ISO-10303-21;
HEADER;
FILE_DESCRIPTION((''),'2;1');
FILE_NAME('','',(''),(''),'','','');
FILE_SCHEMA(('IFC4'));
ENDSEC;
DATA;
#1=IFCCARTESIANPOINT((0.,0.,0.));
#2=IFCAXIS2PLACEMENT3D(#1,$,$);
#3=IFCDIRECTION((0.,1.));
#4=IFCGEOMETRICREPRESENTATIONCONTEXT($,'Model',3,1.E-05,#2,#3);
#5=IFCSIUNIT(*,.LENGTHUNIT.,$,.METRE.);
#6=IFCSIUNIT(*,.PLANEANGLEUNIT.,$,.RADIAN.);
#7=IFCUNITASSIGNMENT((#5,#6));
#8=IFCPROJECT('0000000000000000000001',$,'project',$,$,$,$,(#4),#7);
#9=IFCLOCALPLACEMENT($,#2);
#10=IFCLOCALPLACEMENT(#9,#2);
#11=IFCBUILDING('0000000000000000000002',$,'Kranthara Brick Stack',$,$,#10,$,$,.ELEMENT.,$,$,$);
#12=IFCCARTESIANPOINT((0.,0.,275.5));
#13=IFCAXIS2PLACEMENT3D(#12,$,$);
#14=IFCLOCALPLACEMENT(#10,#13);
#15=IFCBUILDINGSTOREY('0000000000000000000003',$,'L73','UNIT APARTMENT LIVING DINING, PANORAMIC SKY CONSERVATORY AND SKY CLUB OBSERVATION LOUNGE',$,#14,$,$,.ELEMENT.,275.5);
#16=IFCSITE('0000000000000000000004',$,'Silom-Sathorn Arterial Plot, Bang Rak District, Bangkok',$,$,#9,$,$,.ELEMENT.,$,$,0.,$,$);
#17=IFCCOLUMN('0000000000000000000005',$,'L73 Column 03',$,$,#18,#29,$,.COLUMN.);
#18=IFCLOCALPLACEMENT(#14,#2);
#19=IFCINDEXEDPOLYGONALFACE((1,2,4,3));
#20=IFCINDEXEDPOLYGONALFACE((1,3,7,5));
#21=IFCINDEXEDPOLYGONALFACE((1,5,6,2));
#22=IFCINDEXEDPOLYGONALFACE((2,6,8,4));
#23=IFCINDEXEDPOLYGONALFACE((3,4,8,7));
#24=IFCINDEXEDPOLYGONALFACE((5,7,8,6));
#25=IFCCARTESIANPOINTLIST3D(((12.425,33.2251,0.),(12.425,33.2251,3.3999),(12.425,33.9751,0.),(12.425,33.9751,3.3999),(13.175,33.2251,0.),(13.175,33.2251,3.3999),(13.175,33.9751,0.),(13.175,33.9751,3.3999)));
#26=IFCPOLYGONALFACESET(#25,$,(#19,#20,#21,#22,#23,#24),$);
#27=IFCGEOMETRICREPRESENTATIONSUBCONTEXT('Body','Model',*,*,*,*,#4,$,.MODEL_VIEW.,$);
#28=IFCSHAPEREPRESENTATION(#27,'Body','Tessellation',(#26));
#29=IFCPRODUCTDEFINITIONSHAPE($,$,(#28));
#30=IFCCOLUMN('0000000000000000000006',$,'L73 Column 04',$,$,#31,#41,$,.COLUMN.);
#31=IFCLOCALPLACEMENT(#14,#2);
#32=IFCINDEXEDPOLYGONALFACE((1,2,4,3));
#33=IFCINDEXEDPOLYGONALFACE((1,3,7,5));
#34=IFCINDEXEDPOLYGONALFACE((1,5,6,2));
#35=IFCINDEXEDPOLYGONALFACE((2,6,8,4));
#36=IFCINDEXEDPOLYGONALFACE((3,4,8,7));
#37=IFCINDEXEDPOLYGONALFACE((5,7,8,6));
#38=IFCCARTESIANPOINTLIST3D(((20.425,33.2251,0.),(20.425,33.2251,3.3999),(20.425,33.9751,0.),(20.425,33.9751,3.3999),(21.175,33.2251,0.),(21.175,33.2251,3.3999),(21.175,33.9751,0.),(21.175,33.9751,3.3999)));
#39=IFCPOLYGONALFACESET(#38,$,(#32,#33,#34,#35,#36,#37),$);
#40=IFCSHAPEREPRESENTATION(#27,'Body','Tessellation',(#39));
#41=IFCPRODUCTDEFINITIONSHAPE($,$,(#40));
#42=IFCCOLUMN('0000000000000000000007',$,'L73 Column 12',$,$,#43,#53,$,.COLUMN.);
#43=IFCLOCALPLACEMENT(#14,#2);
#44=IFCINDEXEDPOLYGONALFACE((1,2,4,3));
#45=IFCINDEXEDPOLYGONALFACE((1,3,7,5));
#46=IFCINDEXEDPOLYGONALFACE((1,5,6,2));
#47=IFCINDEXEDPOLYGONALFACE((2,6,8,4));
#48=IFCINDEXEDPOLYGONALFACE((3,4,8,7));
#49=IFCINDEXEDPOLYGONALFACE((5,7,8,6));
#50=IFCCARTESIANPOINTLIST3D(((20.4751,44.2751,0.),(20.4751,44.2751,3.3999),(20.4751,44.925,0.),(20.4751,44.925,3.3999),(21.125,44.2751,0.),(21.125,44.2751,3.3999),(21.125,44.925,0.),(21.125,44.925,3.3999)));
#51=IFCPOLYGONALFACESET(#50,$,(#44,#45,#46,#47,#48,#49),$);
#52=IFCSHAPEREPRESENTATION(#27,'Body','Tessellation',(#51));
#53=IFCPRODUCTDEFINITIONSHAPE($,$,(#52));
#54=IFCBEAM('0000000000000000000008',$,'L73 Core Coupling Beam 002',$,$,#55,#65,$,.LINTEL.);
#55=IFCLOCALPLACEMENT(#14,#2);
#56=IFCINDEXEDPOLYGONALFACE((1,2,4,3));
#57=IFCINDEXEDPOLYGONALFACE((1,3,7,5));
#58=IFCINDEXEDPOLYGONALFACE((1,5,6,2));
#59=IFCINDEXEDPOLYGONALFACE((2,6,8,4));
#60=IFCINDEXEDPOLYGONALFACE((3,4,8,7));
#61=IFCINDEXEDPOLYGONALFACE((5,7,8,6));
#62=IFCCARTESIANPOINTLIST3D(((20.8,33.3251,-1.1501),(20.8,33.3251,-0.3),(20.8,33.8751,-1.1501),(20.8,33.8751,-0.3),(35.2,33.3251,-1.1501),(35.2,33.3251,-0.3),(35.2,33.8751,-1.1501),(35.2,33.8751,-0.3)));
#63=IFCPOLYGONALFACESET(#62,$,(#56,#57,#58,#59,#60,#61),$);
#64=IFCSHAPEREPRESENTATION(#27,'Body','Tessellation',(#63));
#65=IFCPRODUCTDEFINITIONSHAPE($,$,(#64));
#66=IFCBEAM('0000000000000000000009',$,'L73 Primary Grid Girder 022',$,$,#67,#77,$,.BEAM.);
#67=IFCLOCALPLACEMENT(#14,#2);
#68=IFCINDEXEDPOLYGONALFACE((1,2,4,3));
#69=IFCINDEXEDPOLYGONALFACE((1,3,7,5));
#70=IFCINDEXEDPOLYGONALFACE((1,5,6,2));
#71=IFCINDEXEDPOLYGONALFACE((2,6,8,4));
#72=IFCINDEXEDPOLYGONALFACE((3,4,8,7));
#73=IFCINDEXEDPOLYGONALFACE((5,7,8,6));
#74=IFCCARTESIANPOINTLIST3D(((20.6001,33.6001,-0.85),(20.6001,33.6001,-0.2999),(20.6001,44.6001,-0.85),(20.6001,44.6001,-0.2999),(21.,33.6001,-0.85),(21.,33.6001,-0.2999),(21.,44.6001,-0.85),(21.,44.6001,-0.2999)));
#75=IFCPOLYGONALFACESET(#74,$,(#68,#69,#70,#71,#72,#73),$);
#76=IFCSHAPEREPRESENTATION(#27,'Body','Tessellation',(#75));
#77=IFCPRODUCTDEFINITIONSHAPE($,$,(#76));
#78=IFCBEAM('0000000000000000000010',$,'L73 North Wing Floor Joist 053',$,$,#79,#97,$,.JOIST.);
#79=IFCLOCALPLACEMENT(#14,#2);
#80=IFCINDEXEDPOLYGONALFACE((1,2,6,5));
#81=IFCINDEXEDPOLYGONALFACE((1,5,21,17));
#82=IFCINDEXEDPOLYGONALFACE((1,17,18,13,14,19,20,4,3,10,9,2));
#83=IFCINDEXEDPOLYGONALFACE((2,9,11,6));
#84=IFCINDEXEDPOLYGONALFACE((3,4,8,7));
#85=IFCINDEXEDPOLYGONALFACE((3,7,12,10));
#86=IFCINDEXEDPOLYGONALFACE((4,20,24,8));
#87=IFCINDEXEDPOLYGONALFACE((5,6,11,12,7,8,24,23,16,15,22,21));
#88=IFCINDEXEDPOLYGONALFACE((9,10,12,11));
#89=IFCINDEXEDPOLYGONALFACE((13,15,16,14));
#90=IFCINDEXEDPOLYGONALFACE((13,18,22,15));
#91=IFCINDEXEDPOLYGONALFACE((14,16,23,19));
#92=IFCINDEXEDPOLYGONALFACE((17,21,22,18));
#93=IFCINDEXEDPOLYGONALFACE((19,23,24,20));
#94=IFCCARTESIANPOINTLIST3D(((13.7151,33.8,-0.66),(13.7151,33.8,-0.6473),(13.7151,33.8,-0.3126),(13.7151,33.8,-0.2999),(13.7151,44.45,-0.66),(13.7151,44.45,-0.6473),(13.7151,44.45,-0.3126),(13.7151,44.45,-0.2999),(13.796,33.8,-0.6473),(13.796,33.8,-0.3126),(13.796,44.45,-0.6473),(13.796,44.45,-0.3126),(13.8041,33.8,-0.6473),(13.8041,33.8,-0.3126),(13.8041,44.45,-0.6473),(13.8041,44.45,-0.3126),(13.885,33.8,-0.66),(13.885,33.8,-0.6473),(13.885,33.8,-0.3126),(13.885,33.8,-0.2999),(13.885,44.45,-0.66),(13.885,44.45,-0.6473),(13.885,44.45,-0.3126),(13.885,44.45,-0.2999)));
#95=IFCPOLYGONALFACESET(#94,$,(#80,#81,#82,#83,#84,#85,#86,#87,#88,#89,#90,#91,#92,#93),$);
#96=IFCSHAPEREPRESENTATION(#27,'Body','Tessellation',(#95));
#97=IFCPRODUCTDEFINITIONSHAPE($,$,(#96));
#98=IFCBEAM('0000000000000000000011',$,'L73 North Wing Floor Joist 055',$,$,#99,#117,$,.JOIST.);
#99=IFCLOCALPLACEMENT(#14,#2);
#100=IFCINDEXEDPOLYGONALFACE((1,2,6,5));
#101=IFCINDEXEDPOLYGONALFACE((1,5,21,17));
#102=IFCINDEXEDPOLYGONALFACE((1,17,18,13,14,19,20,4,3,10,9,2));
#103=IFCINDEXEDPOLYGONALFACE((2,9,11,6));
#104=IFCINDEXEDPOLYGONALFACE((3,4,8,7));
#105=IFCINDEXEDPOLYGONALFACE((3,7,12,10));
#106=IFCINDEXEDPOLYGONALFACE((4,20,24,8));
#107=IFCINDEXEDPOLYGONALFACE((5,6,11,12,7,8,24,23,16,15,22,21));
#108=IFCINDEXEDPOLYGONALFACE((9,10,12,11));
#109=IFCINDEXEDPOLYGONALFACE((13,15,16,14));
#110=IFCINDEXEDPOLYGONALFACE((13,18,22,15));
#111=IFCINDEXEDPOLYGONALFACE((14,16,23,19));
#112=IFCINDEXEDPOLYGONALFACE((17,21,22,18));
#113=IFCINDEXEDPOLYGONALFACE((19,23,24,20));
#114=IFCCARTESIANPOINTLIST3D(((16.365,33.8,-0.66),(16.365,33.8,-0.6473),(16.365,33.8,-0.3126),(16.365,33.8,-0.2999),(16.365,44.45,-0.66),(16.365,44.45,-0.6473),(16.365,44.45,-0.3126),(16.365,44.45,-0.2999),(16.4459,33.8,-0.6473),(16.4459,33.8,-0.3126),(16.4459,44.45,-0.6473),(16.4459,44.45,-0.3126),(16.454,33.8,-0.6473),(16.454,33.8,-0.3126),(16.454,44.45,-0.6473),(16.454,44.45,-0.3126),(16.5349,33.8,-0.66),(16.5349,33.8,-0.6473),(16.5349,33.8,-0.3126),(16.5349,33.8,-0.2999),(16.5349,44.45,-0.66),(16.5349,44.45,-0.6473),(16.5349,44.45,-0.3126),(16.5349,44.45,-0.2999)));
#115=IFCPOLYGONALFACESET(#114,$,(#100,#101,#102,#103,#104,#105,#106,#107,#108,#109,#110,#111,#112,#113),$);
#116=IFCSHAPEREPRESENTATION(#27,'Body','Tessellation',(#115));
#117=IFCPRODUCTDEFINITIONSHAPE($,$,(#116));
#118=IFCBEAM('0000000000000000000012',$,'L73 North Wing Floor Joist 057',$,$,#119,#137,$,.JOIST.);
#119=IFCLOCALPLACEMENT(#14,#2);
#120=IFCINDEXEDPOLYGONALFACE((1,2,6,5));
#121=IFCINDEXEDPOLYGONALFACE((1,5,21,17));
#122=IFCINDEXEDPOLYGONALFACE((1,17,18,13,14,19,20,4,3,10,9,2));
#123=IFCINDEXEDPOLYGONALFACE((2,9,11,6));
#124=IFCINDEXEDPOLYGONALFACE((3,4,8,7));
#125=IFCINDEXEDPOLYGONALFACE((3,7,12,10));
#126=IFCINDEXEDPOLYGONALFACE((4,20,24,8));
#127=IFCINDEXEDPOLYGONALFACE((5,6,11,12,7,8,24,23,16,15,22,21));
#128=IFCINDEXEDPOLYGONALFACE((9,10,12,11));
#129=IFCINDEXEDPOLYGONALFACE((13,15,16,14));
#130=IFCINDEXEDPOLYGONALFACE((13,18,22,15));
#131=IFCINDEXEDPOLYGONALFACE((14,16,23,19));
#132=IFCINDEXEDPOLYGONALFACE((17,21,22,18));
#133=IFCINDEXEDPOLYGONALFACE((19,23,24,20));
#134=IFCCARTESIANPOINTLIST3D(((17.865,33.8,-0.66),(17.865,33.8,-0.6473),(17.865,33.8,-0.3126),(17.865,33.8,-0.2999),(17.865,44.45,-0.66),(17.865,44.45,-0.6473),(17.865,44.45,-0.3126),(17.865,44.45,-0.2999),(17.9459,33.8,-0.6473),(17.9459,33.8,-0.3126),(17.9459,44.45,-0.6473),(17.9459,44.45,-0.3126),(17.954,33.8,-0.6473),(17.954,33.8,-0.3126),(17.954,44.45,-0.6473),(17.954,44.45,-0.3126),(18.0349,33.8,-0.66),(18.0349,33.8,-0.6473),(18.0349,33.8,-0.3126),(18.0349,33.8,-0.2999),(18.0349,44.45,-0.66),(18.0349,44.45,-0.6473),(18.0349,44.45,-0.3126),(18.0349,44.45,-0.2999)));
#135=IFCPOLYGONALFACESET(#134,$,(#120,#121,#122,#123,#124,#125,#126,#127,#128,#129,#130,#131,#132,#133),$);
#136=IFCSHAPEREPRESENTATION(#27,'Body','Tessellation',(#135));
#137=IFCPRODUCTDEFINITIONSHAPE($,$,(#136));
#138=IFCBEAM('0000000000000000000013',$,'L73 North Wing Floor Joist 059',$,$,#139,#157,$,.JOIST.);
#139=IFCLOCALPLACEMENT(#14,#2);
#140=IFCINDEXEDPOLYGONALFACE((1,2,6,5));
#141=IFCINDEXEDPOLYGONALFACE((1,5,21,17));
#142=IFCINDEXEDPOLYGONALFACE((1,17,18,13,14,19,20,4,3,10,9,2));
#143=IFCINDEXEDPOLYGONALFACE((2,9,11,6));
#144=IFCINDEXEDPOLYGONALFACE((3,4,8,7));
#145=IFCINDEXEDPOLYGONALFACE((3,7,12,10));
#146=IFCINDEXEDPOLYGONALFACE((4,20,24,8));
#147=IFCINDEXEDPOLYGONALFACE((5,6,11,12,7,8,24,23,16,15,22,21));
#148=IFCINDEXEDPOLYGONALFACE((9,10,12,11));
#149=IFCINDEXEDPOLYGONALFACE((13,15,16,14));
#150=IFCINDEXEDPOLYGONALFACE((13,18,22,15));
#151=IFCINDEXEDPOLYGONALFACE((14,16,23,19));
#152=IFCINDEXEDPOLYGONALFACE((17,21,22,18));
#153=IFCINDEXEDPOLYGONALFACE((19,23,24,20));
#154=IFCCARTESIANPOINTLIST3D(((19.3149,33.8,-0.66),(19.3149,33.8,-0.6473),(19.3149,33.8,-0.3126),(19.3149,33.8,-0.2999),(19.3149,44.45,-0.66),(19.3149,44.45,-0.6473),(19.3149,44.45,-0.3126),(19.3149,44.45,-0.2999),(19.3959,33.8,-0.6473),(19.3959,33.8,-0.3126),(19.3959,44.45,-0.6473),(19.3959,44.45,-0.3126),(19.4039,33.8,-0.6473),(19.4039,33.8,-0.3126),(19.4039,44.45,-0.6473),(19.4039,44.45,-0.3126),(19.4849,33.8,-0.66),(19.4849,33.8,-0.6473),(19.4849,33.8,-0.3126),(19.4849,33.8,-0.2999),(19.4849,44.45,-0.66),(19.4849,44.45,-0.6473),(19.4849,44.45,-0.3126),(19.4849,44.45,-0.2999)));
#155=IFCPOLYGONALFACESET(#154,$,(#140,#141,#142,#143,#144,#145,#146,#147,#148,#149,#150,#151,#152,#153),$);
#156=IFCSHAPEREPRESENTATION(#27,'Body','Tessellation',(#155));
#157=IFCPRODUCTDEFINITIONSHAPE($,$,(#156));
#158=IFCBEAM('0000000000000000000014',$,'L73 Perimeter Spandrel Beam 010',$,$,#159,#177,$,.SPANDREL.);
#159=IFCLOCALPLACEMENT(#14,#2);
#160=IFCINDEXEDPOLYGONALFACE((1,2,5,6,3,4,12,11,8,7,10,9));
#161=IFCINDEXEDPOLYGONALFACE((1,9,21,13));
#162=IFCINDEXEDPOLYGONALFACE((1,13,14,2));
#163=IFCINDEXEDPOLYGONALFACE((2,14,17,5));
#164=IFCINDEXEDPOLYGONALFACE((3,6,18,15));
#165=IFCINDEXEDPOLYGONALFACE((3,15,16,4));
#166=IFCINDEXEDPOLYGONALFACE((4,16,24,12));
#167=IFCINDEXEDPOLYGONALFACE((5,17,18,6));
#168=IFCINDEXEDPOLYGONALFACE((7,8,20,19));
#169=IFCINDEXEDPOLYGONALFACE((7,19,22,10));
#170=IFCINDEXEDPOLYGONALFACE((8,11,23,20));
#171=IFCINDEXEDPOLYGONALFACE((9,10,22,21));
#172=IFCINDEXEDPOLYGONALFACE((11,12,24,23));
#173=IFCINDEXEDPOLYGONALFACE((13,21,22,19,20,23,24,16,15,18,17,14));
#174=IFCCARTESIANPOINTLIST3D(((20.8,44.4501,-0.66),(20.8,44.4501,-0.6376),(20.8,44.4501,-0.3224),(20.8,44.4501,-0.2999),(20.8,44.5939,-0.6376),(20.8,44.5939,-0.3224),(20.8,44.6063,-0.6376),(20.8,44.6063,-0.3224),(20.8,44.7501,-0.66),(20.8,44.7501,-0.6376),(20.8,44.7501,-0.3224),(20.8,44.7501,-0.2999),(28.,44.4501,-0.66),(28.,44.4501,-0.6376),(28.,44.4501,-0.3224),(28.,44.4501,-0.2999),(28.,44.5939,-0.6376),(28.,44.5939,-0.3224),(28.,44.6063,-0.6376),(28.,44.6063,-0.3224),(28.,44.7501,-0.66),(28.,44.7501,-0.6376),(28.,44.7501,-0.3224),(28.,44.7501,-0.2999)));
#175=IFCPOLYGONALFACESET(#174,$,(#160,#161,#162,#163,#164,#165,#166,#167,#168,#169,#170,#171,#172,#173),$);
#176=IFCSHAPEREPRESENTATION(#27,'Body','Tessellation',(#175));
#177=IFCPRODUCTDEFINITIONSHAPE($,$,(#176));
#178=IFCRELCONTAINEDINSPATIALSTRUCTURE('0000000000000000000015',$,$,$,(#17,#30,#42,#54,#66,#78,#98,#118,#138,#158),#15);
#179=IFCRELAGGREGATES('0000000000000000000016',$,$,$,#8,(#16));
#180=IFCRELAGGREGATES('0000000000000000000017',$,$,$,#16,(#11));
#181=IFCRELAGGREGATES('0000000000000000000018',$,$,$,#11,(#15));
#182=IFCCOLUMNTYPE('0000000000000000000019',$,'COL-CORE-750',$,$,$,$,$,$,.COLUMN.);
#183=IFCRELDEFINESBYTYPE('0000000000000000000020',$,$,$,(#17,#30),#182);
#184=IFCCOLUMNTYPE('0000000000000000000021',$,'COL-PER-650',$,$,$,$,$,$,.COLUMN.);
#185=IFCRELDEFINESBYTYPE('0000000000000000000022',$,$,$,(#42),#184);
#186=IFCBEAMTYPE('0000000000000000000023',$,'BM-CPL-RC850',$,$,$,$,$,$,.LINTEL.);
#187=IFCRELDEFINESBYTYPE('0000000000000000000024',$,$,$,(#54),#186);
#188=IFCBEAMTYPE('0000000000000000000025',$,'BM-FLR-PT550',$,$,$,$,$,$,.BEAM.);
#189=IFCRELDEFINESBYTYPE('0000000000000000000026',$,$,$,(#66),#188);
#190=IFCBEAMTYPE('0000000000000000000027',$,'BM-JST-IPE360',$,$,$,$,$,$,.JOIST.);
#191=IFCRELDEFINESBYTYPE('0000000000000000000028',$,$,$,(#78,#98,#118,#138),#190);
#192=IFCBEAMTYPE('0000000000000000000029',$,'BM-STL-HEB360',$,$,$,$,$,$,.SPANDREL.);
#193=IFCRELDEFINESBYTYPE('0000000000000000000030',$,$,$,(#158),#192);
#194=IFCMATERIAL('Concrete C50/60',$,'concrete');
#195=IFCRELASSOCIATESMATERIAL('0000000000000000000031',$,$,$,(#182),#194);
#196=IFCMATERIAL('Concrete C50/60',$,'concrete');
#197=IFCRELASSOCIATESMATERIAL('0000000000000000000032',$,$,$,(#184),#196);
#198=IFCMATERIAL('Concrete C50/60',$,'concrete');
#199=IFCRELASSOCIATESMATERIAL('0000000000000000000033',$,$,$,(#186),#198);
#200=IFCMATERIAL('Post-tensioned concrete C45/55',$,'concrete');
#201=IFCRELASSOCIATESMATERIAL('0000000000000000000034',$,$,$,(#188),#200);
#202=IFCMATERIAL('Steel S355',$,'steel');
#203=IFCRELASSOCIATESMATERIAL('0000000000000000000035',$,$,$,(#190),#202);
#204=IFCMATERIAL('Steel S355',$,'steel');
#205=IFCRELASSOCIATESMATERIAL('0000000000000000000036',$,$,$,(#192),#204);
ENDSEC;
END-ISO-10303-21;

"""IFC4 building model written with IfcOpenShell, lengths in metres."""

from ifc_helpers import new_model, si_unit, direction, frame, origin, origin_2d, place, context, subcontext, project, spatial, rectangle, i_section, extrude, material, material_profile, profile_set, type_object, element, save


model = new_model("IFC4")

# Units and contexts
model_context = context("Model", 3, precision=1e-05, world=origin(), true_north=direction((0.0, 1.0)))
body_context = subcontext(model_context, "Body", "Model", "MODEL_VIEW")
ifc_project = project(units=[si_unit("LENGTHUNIT", "METRE"), si_unit("PLANEANGLEUNIT", "RADIAN")], contexts=[model_context])

# Site, building, storey
site_placement = place(None, origin())
site = spatial("IfcSite", under=ifc_project, at=site_placement, Name="Silom-Sathorn Arterial Plot, Bang Rak District, Bangkok", CompositionType="ELEMENT", RefElevation=0.0)
building_placement = place(site_placement, origin())
building = spatial("IfcBuilding", under=site, at=building_placement, Name="Kranthara Brick Stack", CompositionType="ELEMENT")
storey_placement = place(building_placement, frame((0.0, 0.0, 275.5)))
storey = spatial("IfcBuildingStorey", under=building, at=storey_placement, Name="L73", Description="UNIT APARTMENT LIVING DINING, PANORAMIC SKY CONSERVATORY AND SKY CLUB OBSERVATION LOUNGE", CompositionType="ELEMENT", Elevation=275.5)

# Columns
ifc_material_1 = material(Name="Concrete C50/60", Category="concrete")
ifc_material_profile_1 = material_profile(ifc_material_1, rectangle(XDim=0.75, YDim=0.75, at=origin_2d()), Name="RC 750x750")
ifc_profile_set_1 = profile_set([ifc_material_profile_1], Name="Concrete C50/60")
column_type_1 = type_object("IfcColumnType", Name="COL-CORE-750", PredefinedType="COLUMN", material=ifc_profile_set_1)
for number, where, z_axis, x_axis, name in (
    (1, (12.8, 33.6001, 0.0), (0.0, 0.0, 1.0), (1.0, 0.0, 0.0), "L73 Column 03"),
    (2, (20.8, 33.6001, 0.0), (0.0, 0.0, 1.0), (1.0, 0.0, 0.0), "L73 Column 04"),
):
    element("IfcColumn", number, at=place(storey_placement, frame(where, z_axis=z_axis, x_axis=x_axis)), inside=storey, type_object=column_type_1, Name=name, PredefinedType="COLUMN", context=body_context, shape_type="SweptSolid", body=[
        extrude(rectangle(XDim=0.75, YDim=0.75, at=origin_2d()), origin(), (0.0, 0.0, 1.0), 3.3999),
    ])
ifc_material_2 = material(Name="Concrete C50/60", Category="concrete")
ifc_material_profile_2 = material_profile(ifc_material_2, rectangle(XDim=0.6499, YDim=0.6499, at=origin_2d()), Name="RC 650x650")
ifc_profile_set_2 = profile_set([ifc_material_profile_2], Name="Concrete C50/60")
column_type_2 = type_object("IfcColumnType", Name="COL-PER-650", PredefinedType="COLUMN", material=ifc_profile_set_2)
column_placement = place(storey_placement, frame((20.8, 44.6001, 0.0), z_axis=(0.0, 0.0, 1.0), x_axis=(1.0, 0.0, 0.0)))
element("IfcColumn", 3, at=column_placement, inside=storey, type_object=column_type_2, Name="L73 Column 12", PredefinedType="COLUMN", context=body_context, shape_type="SweptSolid", body=[
    extrude(rectangle(XDim=0.6499, YDim=0.6499, at=origin_2d()), origin(), (0.0, 0.0, 1.0), 3.3999),
])

# Beams
ifc_material_3 = material(Name="Concrete C50/60", Category="concrete")
ifc_material_profile_3 = material_profile(ifc_material_3, rectangle(XDim=0.55, YDim=0.8501, at=origin_2d()), Name="RC 550x850")
ifc_profile_set_3 = profile_set([ifc_material_profile_3], Name="Concrete C50/60")
beam_type_1 = type_object("IfcBeamType", Name="BM-CPL-RC850", PredefinedType="LINTEL", material=ifc_profile_set_3)
beam_1_placement = place(storey_placement, frame((20.8, 33.6001, -0.7251), z_axis=(1.0, 0.0, 0.0), x_axis=(0.0, 1.0, 0.0)))
element("IfcBeam", 4, at=beam_1_placement, inside=storey, type_object=beam_type_1, Name="L73 Core Coupling Beam 002", PredefinedType="LINTEL", context=body_context, shape_type="SweptSolid", body=[
    extrude(rectangle(XDim=0.55, YDim=0.8501, at=origin_2d()), origin(), (0.0, 0.0, 1.0), 14.3999),
])
ifc_material_4 = material(Name="Post-tensioned concrete C45/55", Category="concrete")
ifc_material_profile_4 = material_profile(ifc_material_4, rectangle(XDim=0.3999, YDim=0.55, at=origin_2d()), Name="PT 400x550")
ifc_profile_set_4 = profile_set([ifc_material_profile_4], Name="Post-tensioned concrete C45/55")
beam_type_2 = type_object("IfcBeamType", Name="BM-FLR-PT550", PredefinedType="BEAM", material=ifc_profile_set_4)
beam_2_placement = place(storey_placement, frame((20.8, 33.6001, -0.575), z_axis=(0.0, 1.0, 0.0), x_axis=(-1.0, 0.0, 0.0)))
element("IfcBeam", 5, at=beam_2_placement, inside=storey, type_object=beam_type_2, Name="L73 Primary Grid Girder 022", PredefinedType="BEAM", context=body_context, shape_type="SweptSolid", body=[
    extrude(rectangle(XDim=0.3999, YDim=0.55, at=origin_2d()), origin(), (0.0, 0.0, 1.0), 11.0),
])
ifc_material_5 = material(Name="Steel S355", Category="steel")
ifc_material_profile_5 = material_profile(ifc_material_5, i_section(OverallWidth=0.1699, OverallDepth=0.3601, WebThickness=0.0081, FlangeThickness=0.0127, at=origin_2d()), Name="IPE 360")
ifc_profile_set_5 = profile_set([ifc_material_profile_5], Name="Steel S355")
beam_type_3 = type_object("IfcBeamType", Name="BM-JST-IPE360", PredefinedType="JOIST", material=ifc_profile_set_5)
for number, where, z_axis, x_axis, name in (
    (6, (13.8, 33.8, -0.48), (0.0, 1.0, 0.0), (-1.0, 0.0, 0.0), "L73 North Wing Floor Joist 053"),
    (7, (16.45, 33.8, -0.48), (0.0, 1.0, 0.0), (-1.0, 0.0, 0.0), "L73 North Wing Floor Joist 055"),
    (8, (17.95, 33.8, -0.48), (0.0, 1.0, 0.0), (-1.0, 0.0, 0.0), "L73 North Wing Floor Joist 057"),
    (9, (19.3999, 33.8, -0.48), (0.0, 1.0, 0.0), (-1.0, 0.0, 0.0), "L73 North Wing Floor Joist 059"),
):
    element("IfcBeam", number, at=place(storey_placement, frame(where, z_axis=z_axis, x_axis=x_axis)), inside=storey, type_object=beam_type_3, Name=name, PredefinedType="JOIST", context=body_context, shape_type="SweptSolid", body=[
        extrude(i_section(OverallWidth=0.1699, OverallDepth=0.3601, WebThickness=0.0081, FlangeThickness=0.0127, at=origin_2d()), origin(), (0.0, 0.0, 1.0), 10.6499),
    ])
ifc_material_6 = material(Name="Steel S355", Category="steel")
ifc_material_profile_6 = material_profile(ifc_material_6, i_section(OverallWidth=0.3, OverallDepth=0.3601, WebThickness=0.0125, FlangeThickness=0.0225, at=origin_2d()), Name="HEB 360")
ifc_profile_set_6 = profile_set([ifc_material_profile_6], Name="Steel S355")
beam_type_4 = type_object("IfcBeamType", Name="BM-STL-HEB360", PredefinedType="SPANDREL", material=ifc_profile_set_6)
beam_3_placement = place(storey_placement, frame((20.8, 44.6001, -0.48), z_axis=(1.0, 0.0, 0.0), x_axis=(0.0, 1.0, 0.0)))
element("IfcBeam", 10, at=beam_3_placement, inside=storey, type_object=beam_type_4, Name="L73 Perimeter Spandrel Beam 010", PredefinedType="SPANDREL", context=body_context, shape_type="SweptSolid", body=[
    extrude(i_section(OverallWidth=0.3, OverallDepth=0.3601, WebThickness=0.0125, FlangeThickness=0.0225, at=origin_2d()), origin(), (0.0, 0.0, 1.0), 7.2),
])

save(model, "model.ifc")
